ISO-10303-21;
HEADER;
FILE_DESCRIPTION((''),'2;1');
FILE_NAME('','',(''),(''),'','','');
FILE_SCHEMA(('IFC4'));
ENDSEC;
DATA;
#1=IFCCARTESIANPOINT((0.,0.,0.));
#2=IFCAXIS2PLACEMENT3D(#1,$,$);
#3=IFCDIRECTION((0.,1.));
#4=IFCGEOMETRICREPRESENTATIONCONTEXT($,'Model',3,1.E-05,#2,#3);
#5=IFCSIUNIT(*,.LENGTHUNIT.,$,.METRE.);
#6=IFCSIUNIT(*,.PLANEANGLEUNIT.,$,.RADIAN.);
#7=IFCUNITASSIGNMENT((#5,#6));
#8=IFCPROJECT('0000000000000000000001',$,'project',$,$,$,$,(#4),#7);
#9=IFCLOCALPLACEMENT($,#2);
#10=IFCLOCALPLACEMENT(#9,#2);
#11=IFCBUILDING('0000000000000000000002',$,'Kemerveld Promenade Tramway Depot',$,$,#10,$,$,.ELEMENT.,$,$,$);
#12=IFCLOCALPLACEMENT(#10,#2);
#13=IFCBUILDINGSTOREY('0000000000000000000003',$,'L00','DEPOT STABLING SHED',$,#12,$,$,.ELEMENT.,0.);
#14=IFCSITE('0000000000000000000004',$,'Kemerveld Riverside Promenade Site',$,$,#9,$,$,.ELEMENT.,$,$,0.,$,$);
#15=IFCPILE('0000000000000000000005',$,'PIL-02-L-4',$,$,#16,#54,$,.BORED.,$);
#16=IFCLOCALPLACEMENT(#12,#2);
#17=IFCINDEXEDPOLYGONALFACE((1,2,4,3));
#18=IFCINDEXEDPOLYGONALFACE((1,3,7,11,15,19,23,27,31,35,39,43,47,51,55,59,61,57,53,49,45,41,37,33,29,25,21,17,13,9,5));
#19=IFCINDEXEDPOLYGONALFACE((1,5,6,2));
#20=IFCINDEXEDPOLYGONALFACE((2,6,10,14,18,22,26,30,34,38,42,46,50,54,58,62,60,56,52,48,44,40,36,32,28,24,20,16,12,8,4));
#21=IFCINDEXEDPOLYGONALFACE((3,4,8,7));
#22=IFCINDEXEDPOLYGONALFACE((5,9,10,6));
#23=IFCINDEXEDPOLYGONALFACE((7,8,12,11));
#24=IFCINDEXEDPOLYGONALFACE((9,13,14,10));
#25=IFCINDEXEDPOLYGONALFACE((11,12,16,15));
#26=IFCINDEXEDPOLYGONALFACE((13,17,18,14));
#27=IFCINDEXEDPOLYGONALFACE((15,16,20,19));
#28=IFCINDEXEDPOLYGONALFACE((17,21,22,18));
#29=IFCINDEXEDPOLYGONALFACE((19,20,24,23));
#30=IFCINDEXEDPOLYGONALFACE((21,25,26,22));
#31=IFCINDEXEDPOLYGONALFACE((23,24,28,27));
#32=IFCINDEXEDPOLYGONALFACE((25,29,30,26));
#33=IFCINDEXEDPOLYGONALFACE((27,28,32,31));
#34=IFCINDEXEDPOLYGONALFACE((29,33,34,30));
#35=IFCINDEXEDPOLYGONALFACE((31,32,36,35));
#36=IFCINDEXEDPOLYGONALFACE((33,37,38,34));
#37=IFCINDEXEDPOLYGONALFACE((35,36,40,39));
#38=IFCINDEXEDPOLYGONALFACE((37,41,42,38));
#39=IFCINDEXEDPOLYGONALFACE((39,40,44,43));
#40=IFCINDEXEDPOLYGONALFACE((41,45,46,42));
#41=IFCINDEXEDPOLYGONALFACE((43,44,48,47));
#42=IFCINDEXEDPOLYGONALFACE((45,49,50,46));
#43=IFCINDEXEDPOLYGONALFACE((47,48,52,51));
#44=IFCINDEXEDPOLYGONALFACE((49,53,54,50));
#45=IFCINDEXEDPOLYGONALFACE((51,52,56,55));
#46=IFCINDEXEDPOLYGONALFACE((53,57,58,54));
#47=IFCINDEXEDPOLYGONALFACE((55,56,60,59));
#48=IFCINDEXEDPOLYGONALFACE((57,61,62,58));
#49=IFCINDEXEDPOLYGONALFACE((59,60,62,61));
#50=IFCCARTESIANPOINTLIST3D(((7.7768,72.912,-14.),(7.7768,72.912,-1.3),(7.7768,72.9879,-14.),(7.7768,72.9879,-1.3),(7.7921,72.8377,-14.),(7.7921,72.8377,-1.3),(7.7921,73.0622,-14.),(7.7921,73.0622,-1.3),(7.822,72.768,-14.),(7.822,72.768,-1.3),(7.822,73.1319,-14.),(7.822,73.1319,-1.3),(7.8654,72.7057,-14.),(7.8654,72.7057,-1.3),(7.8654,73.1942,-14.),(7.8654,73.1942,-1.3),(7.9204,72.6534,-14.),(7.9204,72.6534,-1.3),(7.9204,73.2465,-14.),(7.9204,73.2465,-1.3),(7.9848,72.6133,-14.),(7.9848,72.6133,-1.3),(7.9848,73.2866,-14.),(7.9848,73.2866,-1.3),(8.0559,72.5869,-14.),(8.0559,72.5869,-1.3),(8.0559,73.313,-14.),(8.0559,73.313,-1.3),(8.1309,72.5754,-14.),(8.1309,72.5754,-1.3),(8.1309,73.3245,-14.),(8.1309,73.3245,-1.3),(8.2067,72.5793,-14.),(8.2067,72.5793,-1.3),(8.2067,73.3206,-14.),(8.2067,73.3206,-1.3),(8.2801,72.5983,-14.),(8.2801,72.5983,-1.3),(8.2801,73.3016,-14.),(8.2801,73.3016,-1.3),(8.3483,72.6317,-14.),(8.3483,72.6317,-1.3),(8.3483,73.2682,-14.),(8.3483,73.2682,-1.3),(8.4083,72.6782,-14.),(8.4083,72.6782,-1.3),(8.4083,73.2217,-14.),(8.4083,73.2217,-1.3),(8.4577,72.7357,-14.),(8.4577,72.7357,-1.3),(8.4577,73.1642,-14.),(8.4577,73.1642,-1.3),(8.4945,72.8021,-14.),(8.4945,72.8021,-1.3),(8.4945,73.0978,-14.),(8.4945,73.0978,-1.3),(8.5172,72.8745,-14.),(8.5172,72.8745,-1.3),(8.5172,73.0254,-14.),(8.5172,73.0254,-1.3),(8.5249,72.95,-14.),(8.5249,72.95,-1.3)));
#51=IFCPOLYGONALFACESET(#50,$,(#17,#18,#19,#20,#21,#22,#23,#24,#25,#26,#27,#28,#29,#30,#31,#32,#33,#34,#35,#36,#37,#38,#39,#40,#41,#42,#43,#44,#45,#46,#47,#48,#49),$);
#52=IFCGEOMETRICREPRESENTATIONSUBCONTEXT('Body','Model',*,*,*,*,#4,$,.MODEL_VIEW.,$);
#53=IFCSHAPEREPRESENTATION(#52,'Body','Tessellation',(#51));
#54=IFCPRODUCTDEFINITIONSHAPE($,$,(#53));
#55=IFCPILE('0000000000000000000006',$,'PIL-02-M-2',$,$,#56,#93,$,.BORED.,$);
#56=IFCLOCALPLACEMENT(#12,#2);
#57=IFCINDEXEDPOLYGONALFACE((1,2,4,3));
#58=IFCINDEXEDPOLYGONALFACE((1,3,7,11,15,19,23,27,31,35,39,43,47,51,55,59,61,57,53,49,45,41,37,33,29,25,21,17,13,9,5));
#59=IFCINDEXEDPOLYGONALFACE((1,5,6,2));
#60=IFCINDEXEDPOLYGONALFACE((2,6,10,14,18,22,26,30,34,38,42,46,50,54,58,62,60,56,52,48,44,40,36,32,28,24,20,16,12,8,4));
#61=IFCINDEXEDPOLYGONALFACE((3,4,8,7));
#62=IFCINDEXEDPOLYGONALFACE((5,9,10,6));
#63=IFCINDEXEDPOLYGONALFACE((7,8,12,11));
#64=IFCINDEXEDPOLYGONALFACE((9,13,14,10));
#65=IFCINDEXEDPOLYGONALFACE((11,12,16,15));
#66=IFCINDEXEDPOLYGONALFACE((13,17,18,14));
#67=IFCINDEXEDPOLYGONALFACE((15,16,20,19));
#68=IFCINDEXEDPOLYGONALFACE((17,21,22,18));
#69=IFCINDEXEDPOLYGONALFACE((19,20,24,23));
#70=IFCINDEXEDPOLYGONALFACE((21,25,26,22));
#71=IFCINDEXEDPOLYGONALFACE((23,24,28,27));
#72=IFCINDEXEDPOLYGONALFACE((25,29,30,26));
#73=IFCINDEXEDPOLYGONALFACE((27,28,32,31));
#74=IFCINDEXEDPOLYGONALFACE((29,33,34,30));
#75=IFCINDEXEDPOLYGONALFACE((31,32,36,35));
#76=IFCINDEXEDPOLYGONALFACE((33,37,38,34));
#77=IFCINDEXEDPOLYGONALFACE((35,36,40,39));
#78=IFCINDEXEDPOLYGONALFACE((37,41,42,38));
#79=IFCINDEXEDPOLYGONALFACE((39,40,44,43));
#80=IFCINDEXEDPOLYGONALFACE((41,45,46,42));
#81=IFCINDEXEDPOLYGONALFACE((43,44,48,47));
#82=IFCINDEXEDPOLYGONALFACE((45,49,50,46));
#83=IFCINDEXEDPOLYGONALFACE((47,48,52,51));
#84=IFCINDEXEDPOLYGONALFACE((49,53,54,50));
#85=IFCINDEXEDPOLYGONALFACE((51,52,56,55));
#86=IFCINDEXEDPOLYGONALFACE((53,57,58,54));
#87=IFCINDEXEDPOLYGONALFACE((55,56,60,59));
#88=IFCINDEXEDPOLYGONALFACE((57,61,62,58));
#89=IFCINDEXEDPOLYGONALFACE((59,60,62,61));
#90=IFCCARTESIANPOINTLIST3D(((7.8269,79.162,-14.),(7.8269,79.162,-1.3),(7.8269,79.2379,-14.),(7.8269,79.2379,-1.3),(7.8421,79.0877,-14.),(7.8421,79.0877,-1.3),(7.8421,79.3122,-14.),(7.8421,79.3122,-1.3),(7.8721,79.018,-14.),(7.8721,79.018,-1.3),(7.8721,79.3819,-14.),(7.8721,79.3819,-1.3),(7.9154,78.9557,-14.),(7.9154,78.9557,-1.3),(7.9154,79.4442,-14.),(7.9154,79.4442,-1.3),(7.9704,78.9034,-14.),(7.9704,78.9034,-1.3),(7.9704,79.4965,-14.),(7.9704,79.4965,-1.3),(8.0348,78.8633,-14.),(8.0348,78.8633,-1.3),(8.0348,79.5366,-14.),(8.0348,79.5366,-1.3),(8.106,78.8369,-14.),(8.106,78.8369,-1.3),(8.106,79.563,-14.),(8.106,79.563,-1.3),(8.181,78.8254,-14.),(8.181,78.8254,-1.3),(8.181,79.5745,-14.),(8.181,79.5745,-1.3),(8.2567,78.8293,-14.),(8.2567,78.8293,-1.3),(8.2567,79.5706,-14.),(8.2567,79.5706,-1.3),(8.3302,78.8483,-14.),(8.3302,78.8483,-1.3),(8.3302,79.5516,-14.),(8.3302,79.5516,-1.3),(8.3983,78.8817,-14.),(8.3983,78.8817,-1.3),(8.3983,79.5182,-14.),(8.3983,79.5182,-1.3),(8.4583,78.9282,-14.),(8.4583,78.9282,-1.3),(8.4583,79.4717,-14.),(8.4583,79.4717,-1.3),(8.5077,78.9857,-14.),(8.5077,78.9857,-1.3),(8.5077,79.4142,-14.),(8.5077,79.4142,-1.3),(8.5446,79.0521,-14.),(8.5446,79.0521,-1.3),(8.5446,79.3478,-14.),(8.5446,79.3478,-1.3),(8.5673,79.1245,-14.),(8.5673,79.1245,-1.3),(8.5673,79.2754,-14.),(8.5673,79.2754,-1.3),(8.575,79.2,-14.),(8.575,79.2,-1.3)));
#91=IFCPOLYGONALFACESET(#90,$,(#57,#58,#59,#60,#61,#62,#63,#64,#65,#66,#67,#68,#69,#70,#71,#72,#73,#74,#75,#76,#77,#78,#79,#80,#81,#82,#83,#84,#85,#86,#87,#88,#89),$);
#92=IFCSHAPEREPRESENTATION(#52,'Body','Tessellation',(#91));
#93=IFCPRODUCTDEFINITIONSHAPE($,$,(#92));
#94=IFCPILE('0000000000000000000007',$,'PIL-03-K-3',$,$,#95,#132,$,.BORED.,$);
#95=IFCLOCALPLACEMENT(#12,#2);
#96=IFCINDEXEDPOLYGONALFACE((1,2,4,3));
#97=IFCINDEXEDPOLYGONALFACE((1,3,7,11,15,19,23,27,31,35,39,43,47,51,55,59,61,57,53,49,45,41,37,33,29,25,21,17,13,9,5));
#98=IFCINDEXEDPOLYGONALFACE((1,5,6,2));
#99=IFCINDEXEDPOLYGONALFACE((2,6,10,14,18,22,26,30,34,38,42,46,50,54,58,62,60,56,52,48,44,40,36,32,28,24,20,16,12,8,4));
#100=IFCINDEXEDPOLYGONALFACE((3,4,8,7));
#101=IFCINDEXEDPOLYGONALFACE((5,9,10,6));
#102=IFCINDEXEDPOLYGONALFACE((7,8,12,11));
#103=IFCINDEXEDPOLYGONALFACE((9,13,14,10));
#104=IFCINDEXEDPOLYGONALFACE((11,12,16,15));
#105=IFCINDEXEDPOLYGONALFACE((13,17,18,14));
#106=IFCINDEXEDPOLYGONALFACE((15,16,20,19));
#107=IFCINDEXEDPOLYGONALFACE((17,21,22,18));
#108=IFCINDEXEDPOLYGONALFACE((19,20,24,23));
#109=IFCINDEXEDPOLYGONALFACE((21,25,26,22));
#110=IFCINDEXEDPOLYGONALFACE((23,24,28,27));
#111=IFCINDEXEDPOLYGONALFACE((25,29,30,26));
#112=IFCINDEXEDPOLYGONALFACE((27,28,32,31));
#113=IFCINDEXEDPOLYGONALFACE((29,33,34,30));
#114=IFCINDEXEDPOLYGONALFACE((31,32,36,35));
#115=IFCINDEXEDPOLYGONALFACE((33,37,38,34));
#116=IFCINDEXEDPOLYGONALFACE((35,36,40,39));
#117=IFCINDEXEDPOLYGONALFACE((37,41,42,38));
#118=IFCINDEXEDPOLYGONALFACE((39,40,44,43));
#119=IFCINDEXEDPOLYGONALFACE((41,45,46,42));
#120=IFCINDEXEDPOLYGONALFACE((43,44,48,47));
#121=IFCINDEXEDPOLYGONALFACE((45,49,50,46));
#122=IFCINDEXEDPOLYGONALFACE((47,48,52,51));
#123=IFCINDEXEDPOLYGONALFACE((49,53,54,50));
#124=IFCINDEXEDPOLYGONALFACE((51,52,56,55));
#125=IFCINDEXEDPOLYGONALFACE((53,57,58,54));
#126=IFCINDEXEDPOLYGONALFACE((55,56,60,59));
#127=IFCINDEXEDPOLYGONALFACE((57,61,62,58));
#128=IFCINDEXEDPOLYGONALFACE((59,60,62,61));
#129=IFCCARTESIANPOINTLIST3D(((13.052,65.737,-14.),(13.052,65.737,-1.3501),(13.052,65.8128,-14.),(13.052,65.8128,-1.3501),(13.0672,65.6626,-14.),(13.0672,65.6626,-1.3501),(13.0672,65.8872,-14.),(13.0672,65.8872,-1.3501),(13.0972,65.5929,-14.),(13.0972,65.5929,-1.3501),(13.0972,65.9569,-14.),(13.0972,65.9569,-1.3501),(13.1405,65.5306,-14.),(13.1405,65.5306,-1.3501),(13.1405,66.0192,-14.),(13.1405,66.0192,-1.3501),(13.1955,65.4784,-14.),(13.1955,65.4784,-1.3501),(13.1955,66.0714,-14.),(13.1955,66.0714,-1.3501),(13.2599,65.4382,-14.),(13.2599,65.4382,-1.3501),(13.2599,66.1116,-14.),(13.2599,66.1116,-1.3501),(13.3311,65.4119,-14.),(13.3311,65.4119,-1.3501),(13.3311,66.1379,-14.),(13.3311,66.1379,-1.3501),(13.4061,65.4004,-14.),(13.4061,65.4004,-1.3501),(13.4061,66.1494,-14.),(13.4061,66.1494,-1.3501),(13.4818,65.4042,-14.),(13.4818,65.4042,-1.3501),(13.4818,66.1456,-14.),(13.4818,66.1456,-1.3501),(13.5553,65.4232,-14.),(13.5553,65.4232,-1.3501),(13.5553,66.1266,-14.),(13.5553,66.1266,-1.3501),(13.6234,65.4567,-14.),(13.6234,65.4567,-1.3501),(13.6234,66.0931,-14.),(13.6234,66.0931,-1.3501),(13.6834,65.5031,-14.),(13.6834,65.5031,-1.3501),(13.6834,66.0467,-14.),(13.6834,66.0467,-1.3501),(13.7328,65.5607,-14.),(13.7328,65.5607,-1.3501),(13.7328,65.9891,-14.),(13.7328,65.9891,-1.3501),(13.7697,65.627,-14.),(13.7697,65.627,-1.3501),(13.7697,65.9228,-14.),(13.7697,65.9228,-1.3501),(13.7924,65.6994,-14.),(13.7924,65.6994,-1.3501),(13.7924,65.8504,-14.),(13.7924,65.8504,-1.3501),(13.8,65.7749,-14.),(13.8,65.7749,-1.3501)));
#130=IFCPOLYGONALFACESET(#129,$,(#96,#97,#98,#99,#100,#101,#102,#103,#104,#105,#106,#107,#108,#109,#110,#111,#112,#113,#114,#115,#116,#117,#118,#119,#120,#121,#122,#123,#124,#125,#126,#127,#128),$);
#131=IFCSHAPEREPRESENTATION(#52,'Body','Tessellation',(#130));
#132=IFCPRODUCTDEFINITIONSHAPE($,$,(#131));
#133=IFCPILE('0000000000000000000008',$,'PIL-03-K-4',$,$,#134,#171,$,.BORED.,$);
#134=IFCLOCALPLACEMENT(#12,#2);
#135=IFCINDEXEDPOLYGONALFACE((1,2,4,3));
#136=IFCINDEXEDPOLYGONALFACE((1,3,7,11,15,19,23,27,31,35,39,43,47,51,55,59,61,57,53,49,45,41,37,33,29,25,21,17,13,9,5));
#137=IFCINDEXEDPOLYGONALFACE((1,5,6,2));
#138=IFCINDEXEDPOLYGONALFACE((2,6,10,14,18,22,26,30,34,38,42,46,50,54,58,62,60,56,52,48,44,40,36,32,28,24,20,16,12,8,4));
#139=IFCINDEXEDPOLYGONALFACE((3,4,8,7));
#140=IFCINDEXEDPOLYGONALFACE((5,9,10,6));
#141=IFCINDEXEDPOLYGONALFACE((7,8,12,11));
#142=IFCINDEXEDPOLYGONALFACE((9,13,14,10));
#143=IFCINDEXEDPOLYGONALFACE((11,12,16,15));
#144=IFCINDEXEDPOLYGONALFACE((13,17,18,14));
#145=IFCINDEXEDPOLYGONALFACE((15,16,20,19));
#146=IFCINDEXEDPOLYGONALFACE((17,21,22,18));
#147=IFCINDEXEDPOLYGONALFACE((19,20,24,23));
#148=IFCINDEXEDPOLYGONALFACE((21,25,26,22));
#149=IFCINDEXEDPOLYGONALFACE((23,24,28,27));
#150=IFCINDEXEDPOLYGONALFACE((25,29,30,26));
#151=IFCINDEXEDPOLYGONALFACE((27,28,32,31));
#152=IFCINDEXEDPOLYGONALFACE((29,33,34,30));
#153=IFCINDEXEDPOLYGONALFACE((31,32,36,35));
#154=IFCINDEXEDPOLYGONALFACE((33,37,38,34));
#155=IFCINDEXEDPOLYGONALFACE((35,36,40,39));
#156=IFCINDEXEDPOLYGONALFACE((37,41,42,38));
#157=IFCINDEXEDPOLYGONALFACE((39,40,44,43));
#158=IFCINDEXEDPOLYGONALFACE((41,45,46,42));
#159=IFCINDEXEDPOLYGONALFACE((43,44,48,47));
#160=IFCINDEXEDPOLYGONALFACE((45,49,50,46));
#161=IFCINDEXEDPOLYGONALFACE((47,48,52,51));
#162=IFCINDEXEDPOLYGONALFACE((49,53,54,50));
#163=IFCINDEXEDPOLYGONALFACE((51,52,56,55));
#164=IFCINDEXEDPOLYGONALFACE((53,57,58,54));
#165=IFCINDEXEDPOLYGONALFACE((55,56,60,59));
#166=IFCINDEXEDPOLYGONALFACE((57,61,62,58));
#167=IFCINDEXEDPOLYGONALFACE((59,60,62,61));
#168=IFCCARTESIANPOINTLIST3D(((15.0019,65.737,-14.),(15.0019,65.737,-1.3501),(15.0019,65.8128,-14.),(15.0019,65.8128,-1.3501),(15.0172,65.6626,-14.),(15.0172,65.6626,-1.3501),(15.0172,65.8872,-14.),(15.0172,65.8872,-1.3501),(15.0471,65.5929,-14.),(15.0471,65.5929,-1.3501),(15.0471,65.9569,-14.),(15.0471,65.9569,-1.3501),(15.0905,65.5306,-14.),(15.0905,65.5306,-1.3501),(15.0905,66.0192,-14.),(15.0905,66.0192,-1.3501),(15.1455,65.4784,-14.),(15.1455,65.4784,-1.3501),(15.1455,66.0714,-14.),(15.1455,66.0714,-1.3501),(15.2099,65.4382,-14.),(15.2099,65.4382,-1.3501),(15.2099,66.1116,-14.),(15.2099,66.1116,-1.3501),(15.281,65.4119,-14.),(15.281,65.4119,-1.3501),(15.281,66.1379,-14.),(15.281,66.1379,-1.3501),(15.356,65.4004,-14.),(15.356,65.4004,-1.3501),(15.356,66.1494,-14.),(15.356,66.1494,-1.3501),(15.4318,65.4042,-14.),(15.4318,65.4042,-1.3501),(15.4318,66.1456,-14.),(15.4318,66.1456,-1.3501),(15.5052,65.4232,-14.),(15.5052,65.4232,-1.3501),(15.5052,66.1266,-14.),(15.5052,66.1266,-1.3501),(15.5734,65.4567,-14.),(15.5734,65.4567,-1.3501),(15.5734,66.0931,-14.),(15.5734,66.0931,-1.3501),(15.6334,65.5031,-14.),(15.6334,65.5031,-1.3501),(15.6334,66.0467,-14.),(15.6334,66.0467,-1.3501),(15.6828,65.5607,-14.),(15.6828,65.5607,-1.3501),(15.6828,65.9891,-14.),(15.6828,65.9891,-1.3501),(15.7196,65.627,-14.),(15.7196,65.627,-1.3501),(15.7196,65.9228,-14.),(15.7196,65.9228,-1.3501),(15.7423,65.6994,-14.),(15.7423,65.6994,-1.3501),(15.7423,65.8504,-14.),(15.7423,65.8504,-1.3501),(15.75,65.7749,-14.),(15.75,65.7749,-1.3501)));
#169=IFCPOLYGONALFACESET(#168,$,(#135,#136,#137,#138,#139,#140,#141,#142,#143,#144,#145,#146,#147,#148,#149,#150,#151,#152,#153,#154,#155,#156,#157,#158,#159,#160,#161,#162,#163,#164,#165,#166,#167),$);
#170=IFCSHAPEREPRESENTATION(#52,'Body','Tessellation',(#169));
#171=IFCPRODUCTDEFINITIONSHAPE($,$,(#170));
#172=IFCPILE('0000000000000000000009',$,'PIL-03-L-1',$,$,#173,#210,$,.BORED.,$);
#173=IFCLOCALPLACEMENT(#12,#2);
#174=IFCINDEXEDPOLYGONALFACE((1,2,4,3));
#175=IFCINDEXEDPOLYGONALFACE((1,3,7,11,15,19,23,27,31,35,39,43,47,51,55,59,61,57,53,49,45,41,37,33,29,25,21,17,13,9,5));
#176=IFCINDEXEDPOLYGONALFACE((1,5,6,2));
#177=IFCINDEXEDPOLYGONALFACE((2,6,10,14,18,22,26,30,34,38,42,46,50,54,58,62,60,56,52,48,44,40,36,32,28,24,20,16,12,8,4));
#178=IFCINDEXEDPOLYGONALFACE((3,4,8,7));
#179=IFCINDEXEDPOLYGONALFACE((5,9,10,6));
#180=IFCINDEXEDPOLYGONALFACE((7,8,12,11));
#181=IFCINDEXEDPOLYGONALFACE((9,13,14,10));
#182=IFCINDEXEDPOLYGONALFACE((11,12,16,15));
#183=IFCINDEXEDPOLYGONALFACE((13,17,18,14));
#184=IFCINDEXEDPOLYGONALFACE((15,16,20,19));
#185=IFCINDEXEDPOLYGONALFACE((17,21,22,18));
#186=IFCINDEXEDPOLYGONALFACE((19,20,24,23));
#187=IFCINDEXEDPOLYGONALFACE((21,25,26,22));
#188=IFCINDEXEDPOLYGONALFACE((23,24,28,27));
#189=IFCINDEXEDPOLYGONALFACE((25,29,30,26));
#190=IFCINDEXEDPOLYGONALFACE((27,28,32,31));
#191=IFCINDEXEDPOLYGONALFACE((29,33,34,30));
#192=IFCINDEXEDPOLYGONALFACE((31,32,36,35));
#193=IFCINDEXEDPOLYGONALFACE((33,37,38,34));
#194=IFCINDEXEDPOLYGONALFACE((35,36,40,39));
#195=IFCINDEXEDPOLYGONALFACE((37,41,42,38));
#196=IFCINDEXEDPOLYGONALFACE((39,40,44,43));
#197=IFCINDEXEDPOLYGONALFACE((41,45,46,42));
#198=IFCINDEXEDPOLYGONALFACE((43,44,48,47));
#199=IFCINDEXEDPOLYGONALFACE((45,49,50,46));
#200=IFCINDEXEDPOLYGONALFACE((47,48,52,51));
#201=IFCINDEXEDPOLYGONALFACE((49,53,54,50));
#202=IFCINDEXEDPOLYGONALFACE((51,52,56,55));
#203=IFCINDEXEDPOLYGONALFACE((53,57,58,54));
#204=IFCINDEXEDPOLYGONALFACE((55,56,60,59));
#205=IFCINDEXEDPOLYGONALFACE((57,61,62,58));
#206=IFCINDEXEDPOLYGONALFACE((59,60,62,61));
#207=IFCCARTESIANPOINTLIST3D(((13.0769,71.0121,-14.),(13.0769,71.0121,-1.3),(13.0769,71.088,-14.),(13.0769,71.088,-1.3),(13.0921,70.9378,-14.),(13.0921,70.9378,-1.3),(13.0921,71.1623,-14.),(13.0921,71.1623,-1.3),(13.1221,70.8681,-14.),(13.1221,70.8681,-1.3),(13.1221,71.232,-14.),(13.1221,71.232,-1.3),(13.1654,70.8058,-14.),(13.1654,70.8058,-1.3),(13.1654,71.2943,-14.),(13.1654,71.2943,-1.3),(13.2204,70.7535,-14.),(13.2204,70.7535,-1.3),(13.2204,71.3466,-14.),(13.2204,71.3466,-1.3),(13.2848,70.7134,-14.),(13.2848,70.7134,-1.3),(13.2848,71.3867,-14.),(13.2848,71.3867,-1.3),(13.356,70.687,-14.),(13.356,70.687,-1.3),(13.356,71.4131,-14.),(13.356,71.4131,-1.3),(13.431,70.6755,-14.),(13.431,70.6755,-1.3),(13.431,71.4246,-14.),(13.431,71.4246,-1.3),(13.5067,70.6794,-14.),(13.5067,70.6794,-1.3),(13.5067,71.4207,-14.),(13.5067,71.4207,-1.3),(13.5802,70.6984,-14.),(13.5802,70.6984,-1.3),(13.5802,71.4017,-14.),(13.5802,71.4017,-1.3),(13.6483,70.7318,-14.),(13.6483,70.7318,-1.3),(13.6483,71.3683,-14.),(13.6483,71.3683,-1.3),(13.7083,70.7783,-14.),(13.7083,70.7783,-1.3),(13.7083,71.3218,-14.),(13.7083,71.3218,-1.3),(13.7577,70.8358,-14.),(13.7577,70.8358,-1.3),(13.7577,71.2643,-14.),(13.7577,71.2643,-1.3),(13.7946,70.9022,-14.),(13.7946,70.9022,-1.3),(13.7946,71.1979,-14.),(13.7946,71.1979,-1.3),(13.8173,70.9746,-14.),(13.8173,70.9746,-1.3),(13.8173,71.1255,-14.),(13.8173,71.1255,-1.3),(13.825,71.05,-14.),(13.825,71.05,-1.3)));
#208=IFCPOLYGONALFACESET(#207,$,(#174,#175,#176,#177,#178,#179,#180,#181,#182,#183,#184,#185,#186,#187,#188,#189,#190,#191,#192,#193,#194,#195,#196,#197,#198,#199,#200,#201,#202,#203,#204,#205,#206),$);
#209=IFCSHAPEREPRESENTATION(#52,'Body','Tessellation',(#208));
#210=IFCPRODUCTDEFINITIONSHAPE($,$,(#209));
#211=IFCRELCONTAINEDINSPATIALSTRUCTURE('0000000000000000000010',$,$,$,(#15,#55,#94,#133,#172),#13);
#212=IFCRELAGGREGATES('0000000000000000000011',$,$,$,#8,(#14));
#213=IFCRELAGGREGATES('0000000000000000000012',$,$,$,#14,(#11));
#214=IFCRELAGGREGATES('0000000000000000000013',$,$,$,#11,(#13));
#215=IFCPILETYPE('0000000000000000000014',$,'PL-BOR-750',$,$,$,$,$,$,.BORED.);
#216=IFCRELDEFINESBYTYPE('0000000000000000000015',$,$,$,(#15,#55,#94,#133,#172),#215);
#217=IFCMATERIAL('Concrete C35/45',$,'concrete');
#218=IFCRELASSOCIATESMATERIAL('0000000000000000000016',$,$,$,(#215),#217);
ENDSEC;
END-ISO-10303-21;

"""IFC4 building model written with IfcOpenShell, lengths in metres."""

from ifc_helpers import new_model, si_unit, direction, frame, origin, origin_2d, place, context, subcontext, project, spatial, circle, extrude, material, material_profile, profile_set, type_object, element, save


model = new_model("IFC4")

# Units and contexts
model_context = context("Model", 3, precision=1e-05, world=origin(), true_north=direction((0.0, 1.0)))
body_context = subcontext(model_context, "Body", "Model", "MODEL_VIEW")
ifc_project = project(units=[si_unit("LENGTHUNIT", "METRE"), si_unit("PLANEANGLEUNIT", "RADIAN")], contexts=[model_context])

# Site, building, storey
site_placement = place(None, origin())
site = spatial("IfcSite", under=ifc_project, at=site_placement, Name="Kemerveld Riverside Promenade Site", CompositionType="ELEMENT", RefElevation=0.0)
building_placement = place(site_placement, origin())
building = spatial("IfcBuilding", under=site, at=building_placement, Name="Kemerveld Promenade Tramway Depot", CompositionType="ELEMENT")
storey_placement = place(building_placement, origin())
storey = spatial("IfcBuildingStorey", under=building, at=storey_placement, Name="L00", Description="DEPOT STABLING SHED", CompositionType="ELEMENT", Elevation=0.0)

# Shared definitions
ifc_material_1 = material(Name="Concrete C35/45", Category="concrete")

# Piles
ifc_material_profile_1 = material_profile(ifc_material_1, circle(Radius=0.375, at=origin_2d()), Name="PILE-D750")
ifc_profile_set_1 = profile_set([ifc_material_profile_1], Name="Concrete C35/45")
pile_type = type_object("IfcPileType", Name="PL-BOR-750", PredefinedType="BORED", material=ifc_profile_set_1)
for number, where, z_axis, x_axis, name in (
    (1, (8.1499, 72.95, -1.3), (0.0, 0.0, -1.0), (1.0, 0.0, 0.0), "PIL-02-L-4"),
    (2, (8.2, 79.2, -1.3), (0.0, 0.0, -1.0), (1.0, 0.0, 0.0), "PIL-02-M-2"),
):
    element("IfcPile", number, at=place(storey_placement, frame(where, z_axis=z_axis, x_axis=x_axis)), inside=storey, type_object=pile_type, Name=name, PredefinedType="BORED", context=body_context, shape_type="SweptSolid", body=[
        extrude(circle(Radius=0.375, at=origin_2d()), origin(), (0.0, 0.0, 1.0), 12.7),
    ])
for number, where, z_axis, x_axis, name in (
    (3, (13.425, 65.7749, -1.3501), (0.0, 0.0, -1.0), (1.0, 0.0, 0.0), "PIL-03-K-3"),
    (4, (15.375, 65.7749, -1.3501), (0.0, 0.0, -1.0), (1.0, 0.0, 0.0), "PIL-03-K-4"),
):
    element("IfcPile", number, at=place(storey_placement, frame(where, z_axis=z_axis, x_axis=x_axis)), inside=storey, type_object=pile_type, Name=name, PredefinedType="BORED", context=body_context, shape_type="SweptSolid", body=[
        extrude(circle(Radius=0.375, at=origin_2d()), origin(), (0.0, 0.0, 1.0), 12.6499),
    ])
for number, where, z_axis, x_axis, name in (
    (5, (13.45, 71.05, -1.3), (0.0, 0.0, -1.0), (1.0, 0.0, 0.0), "PIL-03-L-1"),
):
    element("IfcPile", number, at=place(storey_placement, frame(where, z_axis=z_axis, x_axis=x_axis)), inside=storey, type_object=pile_type, Name=name, PredefinedType="BORED", context=body_context, shape_type="SweptSolid", body=[
        extrude(circle(Radius=0.375, at=origin_2d()), origin(), (0.0, 0.0, 1.0), 12.7),
    ])

save(model, "model.ifc")
